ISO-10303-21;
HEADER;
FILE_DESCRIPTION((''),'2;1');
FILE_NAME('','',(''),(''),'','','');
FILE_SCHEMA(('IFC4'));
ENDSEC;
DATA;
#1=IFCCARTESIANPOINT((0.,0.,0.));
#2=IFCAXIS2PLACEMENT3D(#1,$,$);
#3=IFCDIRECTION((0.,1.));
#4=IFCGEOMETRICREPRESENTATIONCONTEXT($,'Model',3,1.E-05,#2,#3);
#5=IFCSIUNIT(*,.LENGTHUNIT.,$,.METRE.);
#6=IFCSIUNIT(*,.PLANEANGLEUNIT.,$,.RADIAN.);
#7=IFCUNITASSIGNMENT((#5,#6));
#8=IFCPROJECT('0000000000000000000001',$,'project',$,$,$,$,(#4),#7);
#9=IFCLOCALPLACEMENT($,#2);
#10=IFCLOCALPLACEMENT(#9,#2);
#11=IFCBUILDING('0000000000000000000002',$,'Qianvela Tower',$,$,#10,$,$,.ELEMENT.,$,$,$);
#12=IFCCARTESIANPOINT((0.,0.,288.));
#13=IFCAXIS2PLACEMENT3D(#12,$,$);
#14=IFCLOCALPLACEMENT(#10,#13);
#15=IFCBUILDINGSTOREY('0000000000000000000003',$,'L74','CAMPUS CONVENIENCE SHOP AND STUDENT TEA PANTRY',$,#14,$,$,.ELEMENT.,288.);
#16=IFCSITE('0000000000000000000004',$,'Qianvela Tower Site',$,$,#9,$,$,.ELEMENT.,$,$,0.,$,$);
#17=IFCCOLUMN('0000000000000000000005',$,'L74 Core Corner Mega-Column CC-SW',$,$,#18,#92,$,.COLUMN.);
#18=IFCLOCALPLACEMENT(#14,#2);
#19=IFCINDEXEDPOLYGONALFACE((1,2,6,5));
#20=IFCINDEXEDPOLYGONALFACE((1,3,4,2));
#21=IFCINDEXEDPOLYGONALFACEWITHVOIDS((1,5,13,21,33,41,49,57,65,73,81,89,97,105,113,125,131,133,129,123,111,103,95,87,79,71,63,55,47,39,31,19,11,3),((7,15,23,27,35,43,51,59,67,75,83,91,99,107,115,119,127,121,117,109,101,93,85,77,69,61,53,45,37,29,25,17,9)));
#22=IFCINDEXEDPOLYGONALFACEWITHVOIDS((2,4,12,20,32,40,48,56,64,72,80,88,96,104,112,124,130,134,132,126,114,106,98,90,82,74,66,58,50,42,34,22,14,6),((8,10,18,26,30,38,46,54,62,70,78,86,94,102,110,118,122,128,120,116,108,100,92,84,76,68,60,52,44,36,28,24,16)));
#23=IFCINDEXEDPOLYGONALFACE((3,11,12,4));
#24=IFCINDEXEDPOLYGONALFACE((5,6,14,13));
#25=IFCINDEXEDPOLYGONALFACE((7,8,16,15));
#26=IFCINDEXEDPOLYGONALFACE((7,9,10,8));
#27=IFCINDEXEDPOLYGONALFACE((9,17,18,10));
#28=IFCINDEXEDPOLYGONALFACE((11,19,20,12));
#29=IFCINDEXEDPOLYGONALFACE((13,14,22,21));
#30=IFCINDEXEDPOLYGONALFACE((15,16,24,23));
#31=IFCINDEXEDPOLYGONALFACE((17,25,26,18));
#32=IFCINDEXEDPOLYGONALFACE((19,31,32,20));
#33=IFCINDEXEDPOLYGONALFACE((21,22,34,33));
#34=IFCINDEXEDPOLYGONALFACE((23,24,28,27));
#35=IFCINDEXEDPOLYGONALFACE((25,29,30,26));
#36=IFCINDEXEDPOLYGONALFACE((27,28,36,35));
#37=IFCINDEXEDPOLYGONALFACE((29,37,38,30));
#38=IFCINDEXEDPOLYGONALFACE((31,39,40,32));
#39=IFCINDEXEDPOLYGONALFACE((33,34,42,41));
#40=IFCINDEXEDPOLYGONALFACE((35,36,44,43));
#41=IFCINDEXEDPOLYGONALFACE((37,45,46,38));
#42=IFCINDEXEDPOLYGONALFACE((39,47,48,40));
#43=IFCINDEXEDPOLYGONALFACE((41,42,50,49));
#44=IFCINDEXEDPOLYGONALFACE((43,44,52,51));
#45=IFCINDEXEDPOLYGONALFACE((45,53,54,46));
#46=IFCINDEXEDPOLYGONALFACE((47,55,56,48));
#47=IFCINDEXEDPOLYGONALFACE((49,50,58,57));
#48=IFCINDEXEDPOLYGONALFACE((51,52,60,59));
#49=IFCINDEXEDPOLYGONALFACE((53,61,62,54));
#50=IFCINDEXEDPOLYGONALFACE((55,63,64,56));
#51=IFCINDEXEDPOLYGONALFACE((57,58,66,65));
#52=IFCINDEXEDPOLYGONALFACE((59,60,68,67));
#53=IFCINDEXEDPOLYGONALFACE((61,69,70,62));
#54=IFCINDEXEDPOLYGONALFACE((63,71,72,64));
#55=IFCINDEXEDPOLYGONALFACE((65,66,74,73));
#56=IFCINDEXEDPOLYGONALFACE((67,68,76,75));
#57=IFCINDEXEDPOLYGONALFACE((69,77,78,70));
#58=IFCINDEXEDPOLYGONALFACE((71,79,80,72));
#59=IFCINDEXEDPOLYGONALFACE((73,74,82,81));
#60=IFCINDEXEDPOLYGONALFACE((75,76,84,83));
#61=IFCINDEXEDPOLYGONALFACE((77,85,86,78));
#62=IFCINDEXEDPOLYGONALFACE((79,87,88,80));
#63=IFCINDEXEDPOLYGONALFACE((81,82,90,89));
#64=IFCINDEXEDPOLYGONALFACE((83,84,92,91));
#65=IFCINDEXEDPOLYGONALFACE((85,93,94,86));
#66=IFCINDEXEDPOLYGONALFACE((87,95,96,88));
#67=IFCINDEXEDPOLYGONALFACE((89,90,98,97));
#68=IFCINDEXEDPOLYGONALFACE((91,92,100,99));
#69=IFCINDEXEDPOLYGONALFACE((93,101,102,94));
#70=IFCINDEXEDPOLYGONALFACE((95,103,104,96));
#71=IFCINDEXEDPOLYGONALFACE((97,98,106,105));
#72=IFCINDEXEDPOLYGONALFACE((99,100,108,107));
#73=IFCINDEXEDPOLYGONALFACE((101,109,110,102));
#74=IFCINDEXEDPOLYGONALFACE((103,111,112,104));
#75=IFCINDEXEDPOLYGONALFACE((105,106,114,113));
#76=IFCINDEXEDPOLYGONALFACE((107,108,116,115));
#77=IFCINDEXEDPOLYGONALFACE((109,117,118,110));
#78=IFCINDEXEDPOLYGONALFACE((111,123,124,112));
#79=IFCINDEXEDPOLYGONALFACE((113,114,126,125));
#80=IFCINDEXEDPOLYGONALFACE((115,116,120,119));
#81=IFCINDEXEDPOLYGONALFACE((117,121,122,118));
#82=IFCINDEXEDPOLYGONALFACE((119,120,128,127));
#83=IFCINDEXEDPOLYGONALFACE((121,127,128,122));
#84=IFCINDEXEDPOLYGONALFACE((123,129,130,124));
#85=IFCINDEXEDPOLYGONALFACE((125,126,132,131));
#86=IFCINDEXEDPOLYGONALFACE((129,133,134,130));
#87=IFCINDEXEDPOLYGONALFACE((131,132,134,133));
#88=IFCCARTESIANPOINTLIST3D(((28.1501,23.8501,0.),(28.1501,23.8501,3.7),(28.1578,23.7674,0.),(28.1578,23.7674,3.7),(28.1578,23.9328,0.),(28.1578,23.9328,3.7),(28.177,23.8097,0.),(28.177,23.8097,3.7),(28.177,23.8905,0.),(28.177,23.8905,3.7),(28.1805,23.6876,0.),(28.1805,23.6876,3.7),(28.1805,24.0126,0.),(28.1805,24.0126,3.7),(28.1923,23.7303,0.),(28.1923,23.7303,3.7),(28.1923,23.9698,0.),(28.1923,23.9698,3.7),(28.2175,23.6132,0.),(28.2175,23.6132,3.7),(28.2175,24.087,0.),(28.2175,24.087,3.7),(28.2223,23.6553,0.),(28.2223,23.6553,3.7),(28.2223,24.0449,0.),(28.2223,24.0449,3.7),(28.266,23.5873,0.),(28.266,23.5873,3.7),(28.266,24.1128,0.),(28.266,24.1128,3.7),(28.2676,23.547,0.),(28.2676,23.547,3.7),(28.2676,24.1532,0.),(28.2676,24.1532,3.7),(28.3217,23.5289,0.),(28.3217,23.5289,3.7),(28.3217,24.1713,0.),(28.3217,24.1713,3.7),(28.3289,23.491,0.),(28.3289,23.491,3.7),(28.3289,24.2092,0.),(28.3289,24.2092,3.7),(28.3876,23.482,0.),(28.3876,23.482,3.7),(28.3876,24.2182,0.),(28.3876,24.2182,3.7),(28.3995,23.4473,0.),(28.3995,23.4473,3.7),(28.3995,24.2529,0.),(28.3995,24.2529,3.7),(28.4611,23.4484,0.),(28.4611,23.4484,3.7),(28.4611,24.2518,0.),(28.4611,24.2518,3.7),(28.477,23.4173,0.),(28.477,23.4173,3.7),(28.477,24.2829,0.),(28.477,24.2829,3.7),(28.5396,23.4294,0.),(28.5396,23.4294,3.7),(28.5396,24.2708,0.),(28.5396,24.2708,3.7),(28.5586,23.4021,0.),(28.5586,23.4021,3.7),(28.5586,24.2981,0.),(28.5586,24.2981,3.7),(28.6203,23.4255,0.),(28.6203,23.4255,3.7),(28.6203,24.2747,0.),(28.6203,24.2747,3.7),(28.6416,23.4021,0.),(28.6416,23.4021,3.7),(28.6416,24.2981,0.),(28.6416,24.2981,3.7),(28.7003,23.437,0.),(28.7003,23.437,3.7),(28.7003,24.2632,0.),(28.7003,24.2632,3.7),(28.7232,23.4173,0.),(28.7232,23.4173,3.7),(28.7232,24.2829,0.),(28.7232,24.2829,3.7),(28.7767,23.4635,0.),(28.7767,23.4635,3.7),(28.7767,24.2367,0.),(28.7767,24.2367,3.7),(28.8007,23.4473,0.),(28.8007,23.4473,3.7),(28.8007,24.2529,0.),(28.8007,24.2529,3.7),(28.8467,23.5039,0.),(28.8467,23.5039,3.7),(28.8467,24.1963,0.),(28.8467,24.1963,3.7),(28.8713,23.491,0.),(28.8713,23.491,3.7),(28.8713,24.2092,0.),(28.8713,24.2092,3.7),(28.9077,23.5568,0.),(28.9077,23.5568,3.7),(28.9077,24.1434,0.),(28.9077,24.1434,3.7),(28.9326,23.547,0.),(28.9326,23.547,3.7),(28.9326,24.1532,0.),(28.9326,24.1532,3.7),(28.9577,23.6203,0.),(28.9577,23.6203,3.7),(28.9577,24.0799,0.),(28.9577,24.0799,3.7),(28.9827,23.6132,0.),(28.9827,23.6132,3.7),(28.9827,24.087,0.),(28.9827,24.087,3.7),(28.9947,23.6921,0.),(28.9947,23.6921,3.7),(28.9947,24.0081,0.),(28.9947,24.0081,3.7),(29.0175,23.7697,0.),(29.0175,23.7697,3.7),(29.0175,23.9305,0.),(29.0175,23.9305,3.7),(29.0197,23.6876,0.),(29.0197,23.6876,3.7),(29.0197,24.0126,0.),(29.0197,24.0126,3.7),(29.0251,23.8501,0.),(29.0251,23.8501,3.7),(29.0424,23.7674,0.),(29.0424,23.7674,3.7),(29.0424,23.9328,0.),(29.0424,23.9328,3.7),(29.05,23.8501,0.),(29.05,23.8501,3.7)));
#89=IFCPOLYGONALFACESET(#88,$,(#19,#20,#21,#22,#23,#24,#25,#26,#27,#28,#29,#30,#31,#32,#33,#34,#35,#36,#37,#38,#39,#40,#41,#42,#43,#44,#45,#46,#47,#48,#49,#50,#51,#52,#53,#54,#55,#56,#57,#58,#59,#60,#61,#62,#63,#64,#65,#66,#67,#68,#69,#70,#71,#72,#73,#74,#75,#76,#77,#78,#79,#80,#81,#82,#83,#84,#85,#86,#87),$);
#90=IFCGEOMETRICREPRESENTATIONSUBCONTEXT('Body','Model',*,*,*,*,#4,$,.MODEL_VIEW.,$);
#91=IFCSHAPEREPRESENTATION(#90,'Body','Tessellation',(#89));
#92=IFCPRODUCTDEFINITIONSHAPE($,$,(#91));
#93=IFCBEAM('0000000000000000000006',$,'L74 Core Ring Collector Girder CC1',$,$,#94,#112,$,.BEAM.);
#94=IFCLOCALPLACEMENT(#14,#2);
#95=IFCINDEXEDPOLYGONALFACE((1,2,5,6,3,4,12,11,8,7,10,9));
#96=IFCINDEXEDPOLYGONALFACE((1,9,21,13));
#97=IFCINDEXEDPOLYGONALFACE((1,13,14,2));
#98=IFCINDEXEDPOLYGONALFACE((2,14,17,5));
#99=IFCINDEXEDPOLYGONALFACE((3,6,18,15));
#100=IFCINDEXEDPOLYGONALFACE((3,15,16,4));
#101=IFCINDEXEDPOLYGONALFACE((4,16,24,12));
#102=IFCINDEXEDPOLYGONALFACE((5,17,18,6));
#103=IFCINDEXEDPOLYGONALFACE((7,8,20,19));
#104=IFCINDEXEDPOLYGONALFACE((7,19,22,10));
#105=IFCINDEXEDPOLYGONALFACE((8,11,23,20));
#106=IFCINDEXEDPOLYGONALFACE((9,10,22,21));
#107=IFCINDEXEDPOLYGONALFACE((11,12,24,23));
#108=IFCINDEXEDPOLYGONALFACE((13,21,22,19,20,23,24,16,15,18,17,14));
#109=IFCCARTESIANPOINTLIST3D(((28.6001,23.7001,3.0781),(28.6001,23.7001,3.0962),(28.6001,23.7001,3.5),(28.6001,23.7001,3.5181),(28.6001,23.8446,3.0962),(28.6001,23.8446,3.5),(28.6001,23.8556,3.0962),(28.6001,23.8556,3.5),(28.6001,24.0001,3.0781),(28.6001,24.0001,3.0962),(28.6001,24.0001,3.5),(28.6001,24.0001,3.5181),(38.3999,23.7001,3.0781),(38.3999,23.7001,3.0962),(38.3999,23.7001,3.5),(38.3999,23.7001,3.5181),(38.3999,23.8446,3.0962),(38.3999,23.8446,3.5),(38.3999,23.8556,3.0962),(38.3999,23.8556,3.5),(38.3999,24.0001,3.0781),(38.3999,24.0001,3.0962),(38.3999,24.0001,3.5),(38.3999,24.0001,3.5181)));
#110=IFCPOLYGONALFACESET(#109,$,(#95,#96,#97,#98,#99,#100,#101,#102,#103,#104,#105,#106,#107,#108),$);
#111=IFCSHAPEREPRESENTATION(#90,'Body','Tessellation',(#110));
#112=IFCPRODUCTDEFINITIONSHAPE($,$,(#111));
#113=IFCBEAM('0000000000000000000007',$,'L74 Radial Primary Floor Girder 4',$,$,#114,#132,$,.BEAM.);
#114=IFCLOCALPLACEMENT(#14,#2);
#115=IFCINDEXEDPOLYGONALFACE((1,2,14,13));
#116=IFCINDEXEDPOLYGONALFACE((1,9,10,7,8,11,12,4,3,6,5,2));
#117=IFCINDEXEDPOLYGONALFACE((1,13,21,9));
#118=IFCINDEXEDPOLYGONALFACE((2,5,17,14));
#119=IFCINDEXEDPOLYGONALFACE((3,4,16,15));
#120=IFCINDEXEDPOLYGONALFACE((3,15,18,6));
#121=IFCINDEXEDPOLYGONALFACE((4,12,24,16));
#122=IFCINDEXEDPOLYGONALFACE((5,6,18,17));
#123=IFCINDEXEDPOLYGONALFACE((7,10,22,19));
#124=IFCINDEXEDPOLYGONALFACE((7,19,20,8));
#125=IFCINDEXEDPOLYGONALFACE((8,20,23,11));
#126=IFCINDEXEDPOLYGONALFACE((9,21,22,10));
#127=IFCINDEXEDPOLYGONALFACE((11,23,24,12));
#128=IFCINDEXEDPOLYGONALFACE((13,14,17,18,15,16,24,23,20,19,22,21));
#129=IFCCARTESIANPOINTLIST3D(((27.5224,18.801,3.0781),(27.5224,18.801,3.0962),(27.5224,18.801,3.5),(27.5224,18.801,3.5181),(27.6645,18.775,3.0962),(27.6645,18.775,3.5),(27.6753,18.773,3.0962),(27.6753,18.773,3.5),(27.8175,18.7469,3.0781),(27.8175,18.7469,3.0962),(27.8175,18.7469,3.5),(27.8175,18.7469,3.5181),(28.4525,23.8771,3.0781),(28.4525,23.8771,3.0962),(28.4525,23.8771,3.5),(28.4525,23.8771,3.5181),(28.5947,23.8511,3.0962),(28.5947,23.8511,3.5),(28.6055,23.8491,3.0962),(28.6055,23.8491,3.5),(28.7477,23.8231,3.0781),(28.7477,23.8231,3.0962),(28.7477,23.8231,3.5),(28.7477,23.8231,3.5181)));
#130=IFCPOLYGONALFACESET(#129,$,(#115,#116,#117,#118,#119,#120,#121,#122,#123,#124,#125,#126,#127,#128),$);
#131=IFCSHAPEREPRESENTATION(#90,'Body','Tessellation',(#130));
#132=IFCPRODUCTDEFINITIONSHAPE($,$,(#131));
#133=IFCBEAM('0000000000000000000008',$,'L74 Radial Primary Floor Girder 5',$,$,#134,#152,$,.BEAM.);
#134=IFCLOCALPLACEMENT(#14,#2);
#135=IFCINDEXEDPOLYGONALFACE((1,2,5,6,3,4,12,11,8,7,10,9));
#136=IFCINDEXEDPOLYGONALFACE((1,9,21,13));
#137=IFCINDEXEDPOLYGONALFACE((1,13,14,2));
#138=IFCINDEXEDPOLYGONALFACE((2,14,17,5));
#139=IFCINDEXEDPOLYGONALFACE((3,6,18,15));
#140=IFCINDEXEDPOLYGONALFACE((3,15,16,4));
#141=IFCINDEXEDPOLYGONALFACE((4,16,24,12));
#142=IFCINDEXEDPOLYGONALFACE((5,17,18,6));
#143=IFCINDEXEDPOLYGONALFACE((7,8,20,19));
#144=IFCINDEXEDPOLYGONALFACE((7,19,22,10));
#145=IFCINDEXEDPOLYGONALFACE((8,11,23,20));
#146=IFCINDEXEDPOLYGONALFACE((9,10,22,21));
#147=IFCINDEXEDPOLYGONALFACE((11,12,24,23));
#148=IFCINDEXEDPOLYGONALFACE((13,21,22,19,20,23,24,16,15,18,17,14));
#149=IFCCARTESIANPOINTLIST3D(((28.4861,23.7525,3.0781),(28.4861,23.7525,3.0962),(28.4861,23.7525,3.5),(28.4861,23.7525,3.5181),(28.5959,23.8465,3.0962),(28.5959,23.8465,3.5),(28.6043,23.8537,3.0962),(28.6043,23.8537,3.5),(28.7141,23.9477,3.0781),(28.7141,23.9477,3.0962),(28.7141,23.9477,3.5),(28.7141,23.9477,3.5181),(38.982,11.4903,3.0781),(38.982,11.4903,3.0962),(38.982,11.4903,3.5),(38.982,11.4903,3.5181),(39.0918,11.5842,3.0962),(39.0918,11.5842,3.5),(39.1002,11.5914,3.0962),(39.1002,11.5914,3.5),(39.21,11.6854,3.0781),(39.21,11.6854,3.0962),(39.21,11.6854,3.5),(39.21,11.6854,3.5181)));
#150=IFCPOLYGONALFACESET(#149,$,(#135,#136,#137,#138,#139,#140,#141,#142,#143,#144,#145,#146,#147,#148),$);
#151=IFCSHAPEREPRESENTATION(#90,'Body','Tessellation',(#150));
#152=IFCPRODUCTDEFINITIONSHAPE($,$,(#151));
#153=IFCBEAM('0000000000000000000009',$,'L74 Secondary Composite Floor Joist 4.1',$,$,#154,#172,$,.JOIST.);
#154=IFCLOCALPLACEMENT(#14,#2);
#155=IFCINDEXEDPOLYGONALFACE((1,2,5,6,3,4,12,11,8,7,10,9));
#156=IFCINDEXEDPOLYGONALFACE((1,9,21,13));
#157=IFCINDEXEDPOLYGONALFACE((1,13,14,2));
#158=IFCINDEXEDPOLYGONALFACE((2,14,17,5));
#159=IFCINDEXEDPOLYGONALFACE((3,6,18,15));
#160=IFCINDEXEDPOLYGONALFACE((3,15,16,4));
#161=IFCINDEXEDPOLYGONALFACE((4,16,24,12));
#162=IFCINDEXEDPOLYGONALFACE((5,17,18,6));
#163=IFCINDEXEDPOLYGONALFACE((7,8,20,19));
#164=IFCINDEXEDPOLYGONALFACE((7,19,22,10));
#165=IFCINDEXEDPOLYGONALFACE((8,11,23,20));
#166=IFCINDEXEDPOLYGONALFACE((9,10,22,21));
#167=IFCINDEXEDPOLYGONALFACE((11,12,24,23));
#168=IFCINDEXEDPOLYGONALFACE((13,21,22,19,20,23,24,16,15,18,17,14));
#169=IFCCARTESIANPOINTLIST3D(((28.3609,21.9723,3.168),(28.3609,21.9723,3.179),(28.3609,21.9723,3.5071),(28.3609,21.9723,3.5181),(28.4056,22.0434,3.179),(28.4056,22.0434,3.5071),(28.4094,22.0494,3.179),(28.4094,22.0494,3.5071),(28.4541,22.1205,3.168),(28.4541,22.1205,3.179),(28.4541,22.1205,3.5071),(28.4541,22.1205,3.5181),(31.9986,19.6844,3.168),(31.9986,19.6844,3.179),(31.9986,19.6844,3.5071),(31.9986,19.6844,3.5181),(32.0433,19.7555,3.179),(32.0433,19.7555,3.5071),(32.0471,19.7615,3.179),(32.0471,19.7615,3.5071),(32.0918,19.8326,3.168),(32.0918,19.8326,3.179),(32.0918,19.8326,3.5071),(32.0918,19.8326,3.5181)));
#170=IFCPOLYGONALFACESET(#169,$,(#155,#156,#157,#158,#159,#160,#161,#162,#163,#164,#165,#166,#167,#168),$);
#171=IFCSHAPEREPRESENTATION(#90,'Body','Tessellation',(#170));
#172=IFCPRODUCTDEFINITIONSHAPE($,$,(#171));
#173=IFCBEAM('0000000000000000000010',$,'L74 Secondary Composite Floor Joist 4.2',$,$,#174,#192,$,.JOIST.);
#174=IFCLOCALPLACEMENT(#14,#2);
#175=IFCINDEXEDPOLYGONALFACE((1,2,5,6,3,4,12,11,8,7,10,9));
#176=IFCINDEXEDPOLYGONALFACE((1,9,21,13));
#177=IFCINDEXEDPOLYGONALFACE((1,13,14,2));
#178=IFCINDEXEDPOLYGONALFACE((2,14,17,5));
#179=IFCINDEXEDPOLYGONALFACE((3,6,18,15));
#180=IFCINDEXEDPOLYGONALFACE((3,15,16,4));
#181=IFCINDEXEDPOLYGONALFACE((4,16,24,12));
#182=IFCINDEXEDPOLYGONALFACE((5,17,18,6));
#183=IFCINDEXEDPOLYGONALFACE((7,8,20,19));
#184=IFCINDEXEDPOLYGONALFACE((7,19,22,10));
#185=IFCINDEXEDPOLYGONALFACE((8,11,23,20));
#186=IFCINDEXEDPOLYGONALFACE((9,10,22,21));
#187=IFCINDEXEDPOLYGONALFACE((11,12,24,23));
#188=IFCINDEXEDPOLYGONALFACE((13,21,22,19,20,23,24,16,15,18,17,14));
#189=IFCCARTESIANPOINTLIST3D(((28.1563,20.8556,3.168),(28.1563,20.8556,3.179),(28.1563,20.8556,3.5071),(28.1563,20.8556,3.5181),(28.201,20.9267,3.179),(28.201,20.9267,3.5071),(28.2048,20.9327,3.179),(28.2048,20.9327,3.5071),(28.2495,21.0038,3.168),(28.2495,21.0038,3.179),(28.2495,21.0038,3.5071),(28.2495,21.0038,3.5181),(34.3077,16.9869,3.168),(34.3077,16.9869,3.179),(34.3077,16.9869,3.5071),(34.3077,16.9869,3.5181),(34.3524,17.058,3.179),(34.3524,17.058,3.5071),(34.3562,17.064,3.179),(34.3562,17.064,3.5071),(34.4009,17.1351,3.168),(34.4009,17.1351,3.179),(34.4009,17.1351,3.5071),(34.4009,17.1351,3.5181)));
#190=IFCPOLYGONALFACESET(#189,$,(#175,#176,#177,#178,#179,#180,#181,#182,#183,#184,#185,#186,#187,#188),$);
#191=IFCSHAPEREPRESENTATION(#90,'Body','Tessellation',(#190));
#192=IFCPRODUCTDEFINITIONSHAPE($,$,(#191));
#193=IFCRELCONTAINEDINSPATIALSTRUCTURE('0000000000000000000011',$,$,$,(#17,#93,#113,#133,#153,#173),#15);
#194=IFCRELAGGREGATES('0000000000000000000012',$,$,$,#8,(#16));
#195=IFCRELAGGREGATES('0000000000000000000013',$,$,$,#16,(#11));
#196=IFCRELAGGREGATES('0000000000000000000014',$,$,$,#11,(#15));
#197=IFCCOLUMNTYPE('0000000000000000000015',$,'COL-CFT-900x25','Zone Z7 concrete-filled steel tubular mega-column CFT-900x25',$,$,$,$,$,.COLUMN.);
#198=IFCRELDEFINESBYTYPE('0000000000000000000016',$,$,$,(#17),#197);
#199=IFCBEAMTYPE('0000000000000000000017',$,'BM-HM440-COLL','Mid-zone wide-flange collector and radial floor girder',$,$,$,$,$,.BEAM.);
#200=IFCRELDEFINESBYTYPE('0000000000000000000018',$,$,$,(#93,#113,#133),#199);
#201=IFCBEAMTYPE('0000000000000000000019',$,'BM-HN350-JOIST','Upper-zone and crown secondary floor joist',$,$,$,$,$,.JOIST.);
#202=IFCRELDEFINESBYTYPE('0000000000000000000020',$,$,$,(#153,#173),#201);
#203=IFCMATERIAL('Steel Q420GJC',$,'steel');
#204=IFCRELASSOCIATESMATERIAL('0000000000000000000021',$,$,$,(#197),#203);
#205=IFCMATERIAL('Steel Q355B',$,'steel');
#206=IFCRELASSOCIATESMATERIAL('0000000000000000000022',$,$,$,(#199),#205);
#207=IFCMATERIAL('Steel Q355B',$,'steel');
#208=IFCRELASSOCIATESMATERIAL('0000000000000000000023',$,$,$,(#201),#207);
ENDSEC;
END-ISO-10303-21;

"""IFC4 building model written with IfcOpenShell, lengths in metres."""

from ifc_helpers import new_model, si_unit, direction, frame, origin, origin_2d, place, context, subcontext, project, spatial, hollow_circle, i_section, extrude, material, material_profile, profile_set, type_object, element, save


model = new_model("IFC4")

# Units and contexts
model_context = context("Model", 3, precision=1e-05, world=origin(), true_north=direction((0.0, 1.0)))
body_context = subcontext(model_context, "Body", "Model", "MODEL_VIEW")
ifc_project = project(units=[si_unit("LENGTHUNIT", "METRE"), si_unit("PLANEANGLEUNIT", "RADIAN")], contexts=[model_context])

# Site, building, storey
site_placement = place(None, origin())
site = spatial("IfcSite", under=ifc_project, at=site_placement, Name="Qianvela Tower Site", CompositionType="ELEMENT", RefElevation=0.0)
building_placement = place(site_placement, origin())
building = spatial("IfcBuilding", under=site, at=building_placement, Name="Qianvela Tower", CompositionType="ELEMENT")
storey_placement = place(building_placement, frame((0.0, 0.0, 288.0)))
storey = spatial("IfcBuildingStorey", under=building, at=storey_placement, Name="L74", Description="CAMPUS CONVENIENCE SHOP AND STUDENT TEA PANTRY", CompositionType="ELEMENT", Elevation=288.0)

# Column
ifc_material_1 = material(Name="Steel Q420GJC", Category="steel")
ifc_material_profile_1 = material_profile(ifc_material_1, hollow_circle(Radius=0.45, WallThickness=0.0249, at=origin_2d()), Name="CFT-900x25")
ifc_profile_set_1 = profile_set([ifc_material_profile_1], Name="Steel Q420GJC")
column_type = type_object("IfcColumnType", Name="COL-CFT-900x25", Description="Zone Z7 concrete-filled steel tubular mega-column CFT-900x25", PredefinedType="COLUMN", material=ifc_profile_set_1)
column_placement = place(storey_placement, frame((28.6001, 23.8501, 0.0), z_axis=(0.0, 0.0, 1.0), x_axis=(1.0, 0.0, 0.0)))
element("IfcColumn", 1, at=column_placement, inside=storey, type_object=column_type, Name="L74 Core Corner Mega-Column CC-SW", PredefinedType="COLUMN", context=body_context, shape_type="SweptSolid", body=[
    extrude(hollow_circle(Radius=0.45, WallThickness=0.0249, at=origin_2d()), origin(), (0.0, 0.0, 1.0), 3.7),
])

# Beams
ifc_material_2 = material(Name="Steel Q355B", Category="steel")
ifc_material_profile_2 = material_profile(ifc_material_2, i_section(OverallWidth=0.3, OverallDepth=0.4399, WebThickness=0.011, FlangeThickness=0.0181, at=origin_2d()), Name="HM440x300x11x18")
ifc_profile_set_2 = profile_set([ifc_material_profile_2], Name="Steel Q355B")
beam_type_1 = type_object("IfcBeamType", Name="BM-HM440-COLL", Description="Mid-zone wide-flange collector and radial floor girder", PredefinedType="BEAM", material=ifc_profile_set_2)
beam_1_placement = place(storey_placement, frame((28.6001, 23.8501, 3.2981), z_axis=(1.0, 0.0, 0.0), x_axis=(0.0, 1.0, 0.0)))
element("IfcBeam", 2, at=beam_1_placement, inside=storey, type_object=beam_type_1, Name="L74 Core Ring Collector Girder CC1", PredefinedType="BEAM", context=body_context, shape_type="SweptSolid", body=[
    extrude(i_section(OverallWidth=0.3, OverallDepth=0.4399, WebThickness=0.011, FlangeThickness=0.0181, at=origin_2d()), origin(), (0.0, 0.0, 1.0), 9.7998),
])
beam_2_placement = place(storey_placement, frame((28.6001, 23.8501, 3.2981), z_axis=(-0.180242, -0.983622, 0.0), x_axis=(0.983622, -0.180242, 0.0)))
element("IfcBeam", 3, at=beam_2_placement, inside=storey, type_object=beam_type_1, Name="L74 Radial Primary Floor Girder 4", PredefinedType="BEAM", context=body_context, shape_type="SweptSolid", body=[
    extrude(i_section(OverallWidth=0.3, OverallDepth=0.4399, WebThickness=0.011, FlangeThickness=0.0181, at=origin_2d()), origin(), (0.0, 0.0, 1.0), 5.1606),
])
beam_3_placement = place(storey_placement, frame((28.6001, 23.8501, 3.2981), z_axis=(0.650269, -0.759704, 0.0), x_axis=(0.759704, 0.650269, 0.0)))
element("IfcBeam", 4, at=beam_3_placement, inside=storey, type_object=beam_type_1, Name="L74 Radial Primary Floor Girder 5", PredefinedType="BEAM", context=body_context, shape_type="SweptSolid", body=[
    extrude(i_section(OverallWidth=0.3, OverallDepth=0.4399, WebThickness=0.011, FlangeThickness=0.0181, at=origin_2d()), origin(), (0.0, 0.0, 1.0), 16.1409),
])
ifc_material_3 = material(Name="Steel Q355B", Category="steel")
ifc_material_profile_3 = material_profile(ifc_material_3, i_section(OverallWidth=0.175, OverallDepth=0.3501, WebThickness=0.0071, FlangeThickness=0.011, at=origin_2d()), Name="HN350x175x7x11")
ifc_profile_set_3 = profile_set([ifc_material_profile_3], Name="Steel Q355B")
beam_type_2 = type_object("IfcBeamType", Name="BM-HN350-JOIST", Description="Upper-zone and crown secondary floor joist", PredefinedType="JOIST", material=ifc_profile_set_3)
beam_4_placement = place(storey_placement, frame((28.4075, 22.0464, 3.343), z_axis=(0.846501, -0.532387, 0.0), x_axis=(0.532387, 0.846501, 0.0)))
element("IfcBeam", 5, at=beam_4_placement, inside=storey, type_object=beam_type_2, Name="L74 Secondary Composite Floor Joist 4.1", PredefinedType="JOIST", context=body_context, shape_type="SweptSolid", body=[
    extrude(i_section(OverallWidth=0.175, OverallDepth=0.3501, WebThickness=0.0071, FlangeThickness=0.011, at=origin_2d()), origin(), (0.0, 0.0, 1.0), 4.2974),
])
beam_5_placement = place(storey_placement, frame((28.2029, 20.9297, 3.343), z_axis=(0.846508, -0.532377, 0.0), x_axis=(0.532377, 0.846508, 0.0)))
element("IfcBeam", 6, at=beam_5_placement, inside=storey, type_object=beam_type_2, Name="L74 Secondary Composite Floor Joist 4.2", PredefinedType="JOIST", context=body_context, shape_type="SweptSolid", body=[
    extrude(i_section(OverallWidth=0.175, OverallDepth=0.3501, WebThickness=0.0071, FlangeThickness=0.011, at=origin_2d()), origin(), (0.0, 0.0, 1.0), 7.2668),
])

save(model, "model.ifc")
